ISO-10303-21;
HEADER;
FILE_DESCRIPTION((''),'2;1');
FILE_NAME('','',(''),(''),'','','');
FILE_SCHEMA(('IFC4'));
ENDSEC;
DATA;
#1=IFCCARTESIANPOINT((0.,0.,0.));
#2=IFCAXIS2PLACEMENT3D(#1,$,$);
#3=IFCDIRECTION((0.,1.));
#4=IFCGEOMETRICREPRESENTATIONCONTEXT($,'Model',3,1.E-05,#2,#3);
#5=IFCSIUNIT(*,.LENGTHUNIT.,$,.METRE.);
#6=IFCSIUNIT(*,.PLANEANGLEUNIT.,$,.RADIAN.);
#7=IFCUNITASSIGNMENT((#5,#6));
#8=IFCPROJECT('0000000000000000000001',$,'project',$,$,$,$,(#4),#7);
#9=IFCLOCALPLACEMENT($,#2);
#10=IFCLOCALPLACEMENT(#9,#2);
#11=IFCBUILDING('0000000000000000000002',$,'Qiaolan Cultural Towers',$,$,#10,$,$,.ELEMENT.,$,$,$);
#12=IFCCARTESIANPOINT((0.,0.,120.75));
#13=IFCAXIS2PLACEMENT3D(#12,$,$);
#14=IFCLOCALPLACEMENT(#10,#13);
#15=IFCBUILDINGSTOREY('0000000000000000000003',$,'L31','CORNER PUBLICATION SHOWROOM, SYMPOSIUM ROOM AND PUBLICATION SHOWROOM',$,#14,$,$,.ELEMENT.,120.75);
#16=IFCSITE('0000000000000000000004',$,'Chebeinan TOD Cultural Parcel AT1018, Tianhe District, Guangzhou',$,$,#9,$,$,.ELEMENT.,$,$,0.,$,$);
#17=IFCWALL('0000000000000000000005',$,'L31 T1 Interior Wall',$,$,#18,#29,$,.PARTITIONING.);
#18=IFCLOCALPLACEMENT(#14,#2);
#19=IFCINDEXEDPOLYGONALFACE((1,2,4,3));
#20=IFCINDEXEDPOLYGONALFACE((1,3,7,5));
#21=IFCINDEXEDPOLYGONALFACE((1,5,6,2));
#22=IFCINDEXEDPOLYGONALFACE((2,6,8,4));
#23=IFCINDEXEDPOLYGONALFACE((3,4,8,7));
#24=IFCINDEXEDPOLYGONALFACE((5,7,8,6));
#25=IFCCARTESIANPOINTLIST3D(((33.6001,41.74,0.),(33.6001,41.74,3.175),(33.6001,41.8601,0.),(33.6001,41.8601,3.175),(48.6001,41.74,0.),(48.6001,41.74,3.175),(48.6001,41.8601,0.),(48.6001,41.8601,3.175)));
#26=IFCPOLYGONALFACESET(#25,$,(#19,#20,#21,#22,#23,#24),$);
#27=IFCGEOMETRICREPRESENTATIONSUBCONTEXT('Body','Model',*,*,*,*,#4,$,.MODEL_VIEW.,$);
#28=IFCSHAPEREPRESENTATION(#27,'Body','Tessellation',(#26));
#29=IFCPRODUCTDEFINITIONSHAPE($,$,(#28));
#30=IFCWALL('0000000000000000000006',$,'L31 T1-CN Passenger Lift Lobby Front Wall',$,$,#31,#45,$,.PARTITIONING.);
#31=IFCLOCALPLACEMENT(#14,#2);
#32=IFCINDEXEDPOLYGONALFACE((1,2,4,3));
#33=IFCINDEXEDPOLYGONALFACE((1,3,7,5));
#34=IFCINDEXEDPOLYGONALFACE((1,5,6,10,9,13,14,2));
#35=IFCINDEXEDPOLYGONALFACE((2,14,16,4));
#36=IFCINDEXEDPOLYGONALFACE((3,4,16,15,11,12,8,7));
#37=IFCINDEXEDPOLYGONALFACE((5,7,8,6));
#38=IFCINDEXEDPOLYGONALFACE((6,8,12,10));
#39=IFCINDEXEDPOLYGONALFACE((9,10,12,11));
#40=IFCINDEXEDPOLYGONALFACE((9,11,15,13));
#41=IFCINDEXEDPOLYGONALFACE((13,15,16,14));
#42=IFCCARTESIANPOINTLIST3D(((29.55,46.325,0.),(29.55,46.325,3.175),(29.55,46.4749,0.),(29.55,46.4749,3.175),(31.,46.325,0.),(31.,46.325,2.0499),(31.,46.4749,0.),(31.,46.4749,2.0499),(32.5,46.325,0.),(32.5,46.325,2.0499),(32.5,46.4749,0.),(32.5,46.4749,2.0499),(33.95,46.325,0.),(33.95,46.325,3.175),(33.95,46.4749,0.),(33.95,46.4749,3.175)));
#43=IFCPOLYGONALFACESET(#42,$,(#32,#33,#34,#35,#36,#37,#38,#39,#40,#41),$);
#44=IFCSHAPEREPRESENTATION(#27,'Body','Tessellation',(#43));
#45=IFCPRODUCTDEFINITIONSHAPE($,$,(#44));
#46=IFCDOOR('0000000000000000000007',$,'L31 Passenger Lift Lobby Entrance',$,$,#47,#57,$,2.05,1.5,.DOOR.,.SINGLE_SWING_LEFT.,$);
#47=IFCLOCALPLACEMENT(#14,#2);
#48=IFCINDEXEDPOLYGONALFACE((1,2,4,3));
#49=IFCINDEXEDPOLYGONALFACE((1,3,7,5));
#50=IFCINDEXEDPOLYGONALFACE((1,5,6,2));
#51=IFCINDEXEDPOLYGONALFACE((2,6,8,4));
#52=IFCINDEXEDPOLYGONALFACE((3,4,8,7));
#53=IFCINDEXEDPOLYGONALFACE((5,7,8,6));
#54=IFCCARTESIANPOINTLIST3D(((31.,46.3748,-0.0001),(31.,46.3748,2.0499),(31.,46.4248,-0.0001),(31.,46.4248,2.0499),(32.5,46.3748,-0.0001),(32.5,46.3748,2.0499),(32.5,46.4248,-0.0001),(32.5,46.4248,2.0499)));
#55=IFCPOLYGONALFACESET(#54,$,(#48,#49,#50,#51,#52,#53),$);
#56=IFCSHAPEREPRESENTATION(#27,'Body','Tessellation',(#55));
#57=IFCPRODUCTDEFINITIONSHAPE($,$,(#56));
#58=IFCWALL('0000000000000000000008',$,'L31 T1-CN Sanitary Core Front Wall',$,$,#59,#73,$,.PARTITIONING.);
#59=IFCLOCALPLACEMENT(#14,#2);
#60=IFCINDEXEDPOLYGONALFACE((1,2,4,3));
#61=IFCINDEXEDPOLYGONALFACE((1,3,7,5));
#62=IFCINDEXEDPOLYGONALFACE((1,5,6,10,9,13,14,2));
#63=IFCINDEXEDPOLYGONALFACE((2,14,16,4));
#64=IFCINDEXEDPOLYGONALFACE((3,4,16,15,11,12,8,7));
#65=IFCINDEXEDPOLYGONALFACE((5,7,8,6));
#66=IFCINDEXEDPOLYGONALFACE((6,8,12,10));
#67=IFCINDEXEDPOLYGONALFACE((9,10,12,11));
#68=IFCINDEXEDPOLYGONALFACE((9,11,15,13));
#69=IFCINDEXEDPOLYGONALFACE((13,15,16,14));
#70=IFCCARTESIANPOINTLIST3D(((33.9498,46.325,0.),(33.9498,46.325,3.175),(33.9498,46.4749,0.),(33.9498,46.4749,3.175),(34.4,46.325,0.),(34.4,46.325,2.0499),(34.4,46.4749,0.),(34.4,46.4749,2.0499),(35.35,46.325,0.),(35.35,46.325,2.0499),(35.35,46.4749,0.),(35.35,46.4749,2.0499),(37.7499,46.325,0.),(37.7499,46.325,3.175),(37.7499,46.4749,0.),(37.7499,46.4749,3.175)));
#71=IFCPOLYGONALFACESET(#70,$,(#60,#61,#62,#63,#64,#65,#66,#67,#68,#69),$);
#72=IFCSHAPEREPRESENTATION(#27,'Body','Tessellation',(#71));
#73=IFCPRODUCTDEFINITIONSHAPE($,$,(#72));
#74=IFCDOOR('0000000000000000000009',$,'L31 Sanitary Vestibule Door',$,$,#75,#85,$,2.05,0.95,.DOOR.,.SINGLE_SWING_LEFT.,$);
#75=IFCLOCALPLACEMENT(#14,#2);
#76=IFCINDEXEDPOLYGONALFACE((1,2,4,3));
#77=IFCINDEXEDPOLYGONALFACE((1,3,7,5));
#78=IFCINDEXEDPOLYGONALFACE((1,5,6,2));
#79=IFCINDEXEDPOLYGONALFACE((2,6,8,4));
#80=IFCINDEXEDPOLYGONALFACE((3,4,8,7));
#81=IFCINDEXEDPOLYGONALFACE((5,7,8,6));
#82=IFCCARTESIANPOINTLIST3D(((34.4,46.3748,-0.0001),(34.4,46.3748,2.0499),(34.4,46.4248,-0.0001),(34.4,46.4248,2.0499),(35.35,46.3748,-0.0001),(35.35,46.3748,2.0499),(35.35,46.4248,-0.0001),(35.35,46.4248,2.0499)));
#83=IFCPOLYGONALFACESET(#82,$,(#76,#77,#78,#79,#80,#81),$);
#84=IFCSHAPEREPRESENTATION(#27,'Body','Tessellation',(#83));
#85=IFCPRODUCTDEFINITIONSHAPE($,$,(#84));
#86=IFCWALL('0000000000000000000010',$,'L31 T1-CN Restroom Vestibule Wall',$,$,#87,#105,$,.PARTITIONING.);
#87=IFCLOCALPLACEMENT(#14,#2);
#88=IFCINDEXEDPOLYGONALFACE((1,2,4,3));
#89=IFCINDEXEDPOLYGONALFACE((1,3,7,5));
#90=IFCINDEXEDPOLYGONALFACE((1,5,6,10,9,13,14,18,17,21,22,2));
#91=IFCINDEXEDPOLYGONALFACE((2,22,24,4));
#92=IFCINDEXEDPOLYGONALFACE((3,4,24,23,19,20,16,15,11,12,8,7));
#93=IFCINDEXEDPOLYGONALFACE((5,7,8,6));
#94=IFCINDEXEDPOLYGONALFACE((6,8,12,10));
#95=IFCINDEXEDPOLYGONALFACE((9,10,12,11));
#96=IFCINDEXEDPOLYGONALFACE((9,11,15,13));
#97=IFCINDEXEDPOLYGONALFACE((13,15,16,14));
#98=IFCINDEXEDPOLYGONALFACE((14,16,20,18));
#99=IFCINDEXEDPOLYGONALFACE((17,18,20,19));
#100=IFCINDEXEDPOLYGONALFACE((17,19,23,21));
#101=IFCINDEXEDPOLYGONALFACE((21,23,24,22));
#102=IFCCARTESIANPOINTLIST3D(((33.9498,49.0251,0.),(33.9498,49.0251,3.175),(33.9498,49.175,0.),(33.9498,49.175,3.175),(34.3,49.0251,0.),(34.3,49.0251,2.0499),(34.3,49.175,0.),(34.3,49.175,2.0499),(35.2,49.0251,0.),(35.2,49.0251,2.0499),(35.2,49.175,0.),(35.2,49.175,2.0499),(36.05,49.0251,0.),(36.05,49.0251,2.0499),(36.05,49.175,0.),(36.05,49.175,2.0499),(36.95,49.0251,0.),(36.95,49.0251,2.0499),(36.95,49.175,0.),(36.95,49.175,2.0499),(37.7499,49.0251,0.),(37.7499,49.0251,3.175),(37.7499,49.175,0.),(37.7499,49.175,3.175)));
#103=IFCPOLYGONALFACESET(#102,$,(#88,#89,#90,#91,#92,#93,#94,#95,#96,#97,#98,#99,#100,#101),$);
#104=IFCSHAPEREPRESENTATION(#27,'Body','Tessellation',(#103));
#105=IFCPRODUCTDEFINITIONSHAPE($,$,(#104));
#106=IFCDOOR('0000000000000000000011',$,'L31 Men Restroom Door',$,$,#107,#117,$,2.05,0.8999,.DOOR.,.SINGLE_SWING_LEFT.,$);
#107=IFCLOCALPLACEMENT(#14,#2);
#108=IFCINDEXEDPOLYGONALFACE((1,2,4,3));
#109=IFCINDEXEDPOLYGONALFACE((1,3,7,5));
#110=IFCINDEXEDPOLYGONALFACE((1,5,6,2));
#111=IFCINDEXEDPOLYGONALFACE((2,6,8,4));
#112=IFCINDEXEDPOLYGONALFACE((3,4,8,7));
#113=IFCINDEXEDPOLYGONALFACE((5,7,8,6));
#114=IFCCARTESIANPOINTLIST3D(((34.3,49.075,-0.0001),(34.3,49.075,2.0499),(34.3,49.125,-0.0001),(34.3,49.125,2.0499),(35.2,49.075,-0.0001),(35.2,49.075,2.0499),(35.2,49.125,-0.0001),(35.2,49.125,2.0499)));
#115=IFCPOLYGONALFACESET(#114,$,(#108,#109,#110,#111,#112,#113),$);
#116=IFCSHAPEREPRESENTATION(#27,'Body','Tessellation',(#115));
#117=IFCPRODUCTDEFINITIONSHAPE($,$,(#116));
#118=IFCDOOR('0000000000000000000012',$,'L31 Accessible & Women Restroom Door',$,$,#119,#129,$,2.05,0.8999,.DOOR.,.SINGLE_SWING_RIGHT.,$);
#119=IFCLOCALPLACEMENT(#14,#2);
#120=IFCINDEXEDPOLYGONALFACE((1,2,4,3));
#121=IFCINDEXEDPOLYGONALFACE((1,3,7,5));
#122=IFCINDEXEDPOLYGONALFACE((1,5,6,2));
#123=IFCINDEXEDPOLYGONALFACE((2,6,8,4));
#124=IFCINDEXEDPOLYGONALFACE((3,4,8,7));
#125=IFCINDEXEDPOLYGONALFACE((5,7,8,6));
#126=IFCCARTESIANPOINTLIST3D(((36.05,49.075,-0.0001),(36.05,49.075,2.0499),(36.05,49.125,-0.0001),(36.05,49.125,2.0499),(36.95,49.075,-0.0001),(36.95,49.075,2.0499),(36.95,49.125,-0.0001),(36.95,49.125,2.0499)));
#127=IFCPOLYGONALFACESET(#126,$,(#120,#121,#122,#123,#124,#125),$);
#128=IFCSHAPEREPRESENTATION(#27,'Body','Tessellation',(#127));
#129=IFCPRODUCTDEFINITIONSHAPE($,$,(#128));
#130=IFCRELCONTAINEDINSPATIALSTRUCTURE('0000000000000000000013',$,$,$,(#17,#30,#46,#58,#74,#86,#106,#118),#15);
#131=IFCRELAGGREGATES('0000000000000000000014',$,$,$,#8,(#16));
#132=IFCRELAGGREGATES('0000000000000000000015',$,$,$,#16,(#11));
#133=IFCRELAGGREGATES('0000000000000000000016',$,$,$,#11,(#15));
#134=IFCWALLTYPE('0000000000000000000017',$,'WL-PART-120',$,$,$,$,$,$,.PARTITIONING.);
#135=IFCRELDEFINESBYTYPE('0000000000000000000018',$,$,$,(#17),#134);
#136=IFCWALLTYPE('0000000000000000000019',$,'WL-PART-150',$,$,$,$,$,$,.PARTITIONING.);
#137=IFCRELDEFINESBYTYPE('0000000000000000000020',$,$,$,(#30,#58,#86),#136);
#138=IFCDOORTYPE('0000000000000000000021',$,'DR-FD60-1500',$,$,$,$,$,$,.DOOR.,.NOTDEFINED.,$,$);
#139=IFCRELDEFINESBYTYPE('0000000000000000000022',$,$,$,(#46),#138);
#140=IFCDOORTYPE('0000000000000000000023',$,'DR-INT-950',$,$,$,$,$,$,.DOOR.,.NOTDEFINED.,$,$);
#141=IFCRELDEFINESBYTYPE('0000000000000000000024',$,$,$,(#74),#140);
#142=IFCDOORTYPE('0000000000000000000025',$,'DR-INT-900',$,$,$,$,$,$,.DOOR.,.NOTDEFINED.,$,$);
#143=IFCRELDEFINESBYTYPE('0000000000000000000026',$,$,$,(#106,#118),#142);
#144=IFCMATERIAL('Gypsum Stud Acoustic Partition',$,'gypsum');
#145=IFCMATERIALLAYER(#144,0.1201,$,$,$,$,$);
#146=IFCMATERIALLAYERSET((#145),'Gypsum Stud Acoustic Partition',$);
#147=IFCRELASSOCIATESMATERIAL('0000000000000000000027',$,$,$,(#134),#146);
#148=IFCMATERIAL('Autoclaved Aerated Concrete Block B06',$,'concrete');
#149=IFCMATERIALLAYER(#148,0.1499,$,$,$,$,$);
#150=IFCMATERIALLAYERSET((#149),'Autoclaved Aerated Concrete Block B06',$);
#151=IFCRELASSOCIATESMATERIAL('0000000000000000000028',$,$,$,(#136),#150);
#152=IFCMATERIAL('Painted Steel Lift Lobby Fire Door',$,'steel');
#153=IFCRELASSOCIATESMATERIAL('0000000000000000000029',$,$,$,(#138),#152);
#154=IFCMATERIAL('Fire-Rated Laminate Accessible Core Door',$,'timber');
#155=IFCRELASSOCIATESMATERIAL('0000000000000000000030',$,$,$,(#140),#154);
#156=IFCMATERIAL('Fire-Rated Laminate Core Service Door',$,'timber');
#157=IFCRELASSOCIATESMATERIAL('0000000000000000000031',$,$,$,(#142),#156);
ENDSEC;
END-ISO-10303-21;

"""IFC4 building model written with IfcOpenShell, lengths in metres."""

from ifc_helpers import new_model, si_unit, direction, frame, frame_2d, origin, place, context, subcontext, project, spatial, rectangle, extrude, material, layer, layer_set, type_object, element, fill, save


model = new_model("IFC4")

# Units and contexts
model_context = context("Model", 3, precision=1e-05, world=origin(), true_north=direction((0.0, 1.0)))
body_context = subcontext(model_context, "Body", "Model", "MODEL_VIEW")
ifc_project = project(units=[si_unit("LENGTHUNIT", "METRE"), si_unit("PLANEANGLEUNIT", "RADIAN")], contexts=[model_context])

# Site, building, storey
site_placement = place(None, origin())
site = spatial("IfcSite", under=ifc_project, at=site_placement, Name="Chebeinan TOD Cultural Parcel AT1018, Tianhe District, Guangzhou", CompositionType="ELEMENT", RefElevation=0.0)
building_placement = place(site_placement, origin())
building = spatial("IfcBuilding", under=site, at=building_placement, Name="Qiaolan Cultural Towers", CompositionType="ELEMENT")
storey_placement = place(building_placement, frame((0.0, 0.0, 120.75)))
storey = spatial("IfcBuildingStorey", under=building, at=storey_placement, Name="L31", Description="CORNER PUBLICATION SHOWROOM, SYMPOSIUM ROOM AND PUBLICATION SHOWROOM", CompositionType="ELEMENT", Elevation=120.75)

# Wall
ifc_material_1 = material(Name="Gypsum Stud Acoustic Partition", Category="gypsum")
ifc_layer_1 = layer(ifc_material_1, 0.1201)
ifc_layer_set_1 = layer_set([ifc_layer_1], Name="Gypsum Stud Acoustic Partition")
wall_type_1 = type_object("IfcWallType", Name="WL-PART-120", PredefinedType="PARTITIONING", material=ifc_layer_set_1)
for number, where, z_axis, x_axis, name in (
    (1, (33.6001, 41.8, 0.0), (0.0, 0.0, 1.0), (1.0, 0.0, 0.0), "L31 T1 Interior Wall"),
):
    element("IfcWall", number, at=place(storey_placement, frame(where, z_axis=z_axis, x_axis=x_axis)), inside=storey, type_object=wall_type_1, Name=name, PredefinedType="PARTITIONING", context=body_context, shape_type="SweptSolid", body=[
        extrude(rectangle(XDim=15.0, YDim=0.1201, at=frame_2d((7.5, 0.0))), origin(), (0.0, 0.0, 1.0), 3.175),
    ])

# Walls, openings, doors
ifc_material_2 = material(Name="Autoclaved Aerated Concrete Block B06", Category="concrete")
ifc_layer_2 = layer(ifc_material_2, 0.1499)
ifc_layer_set_2 = layer_set([ifc_layer_2], Name="Autoclaved Aerated Concrete Block B06")
wall_type_2 = type_object("IfcWallType", Name="WL-PART-150", PredefinedType="PARTITIONING", material=ifc_layer_set_2)
wall_1_placement = place(storey_placement, frame((29.55, 46.3999, 0.0), z_axis=(0.0, 0.0, 1.0), x_axis=(1.0, 0.0, 0.0)))
wall_1 = element("IfcWall", 2, at=wall_1_placement, inside=storey, type_object=wall_type_2, Name="L31 T1-CN Passenger Lift Lobby Front Wall", PredefinedType="PARTITIONING", context=body_context, shape_type="SweptSolid", body=[
    extrude(rectangle(XDim=4.3999, YDim=0.1499, at=frame_2d((2.2, 0.0))), origin(), (0.0, 0.0, 1.0), 3.175),
])
opening_1_placement = place(wall_1_placement, frame((1.45, 0.0, 0.0)))
opening_1 = element("IfcOpeningElement", 3, at=opening_1_placement, cuts=wall_1, PredefinedType="OPENING", context=body_context, shape_type="SweptSolid", body=[
    extrude(rectangle(XDim=1.5, YDim=2.05, at=frame_2d((0.75, 1.0249))), frame((0.0, 0.085, 0.0), z_axis=(0.0, -1.0, 0.0), x_axis=(1.0, 0.0, 0.0)), (0.0, 0.0, 1.0), 0.1699),
])
ifc_material_3 = material(Name="Painted Steel Lift Lobby Fire Door", Category="steel")
door_type_1 = type_object("IfcDoorType", Name="DR-FD60-1500", OperationType="NOTDEFINED", PredefinedType="DOOR", material=ifc_material_3)
door_1_placement = place(opening_1_placement, origin())
door_1 = element("IfcDoor", 4, at=door_1_placement, inside=storey, type_object=door_type_1, Name="L31 Passenger Lift Lobby Entrance", OperationType="SINGLE_SWING_LEFT", OverallHeight=2.05, OverallWidth=1.5, PredefinedType="DOOR", context=body_context, shape_type="SweptSolid", body=[
    extrude(rectangle(XDim=1.5, YDim=2.05, at=frame_2d((0.75, 1.0249))), frame((0.0, 0.0249, 0.0), z_axis=(0.0, -1.0, 0.0), x_axis=(1.0, 0.0, 0.0)), (0.0, 0.0, 1.0), 0.05),
])
fill(opening_1, door_1)
wall_2_placement = place(storey_placement, frame((33.95, 46.3999, 0.0), z_axis=(0.0, 0.0, 1.0), x_axis=(1.0, 0.0, 0.0)))
wall_2 = element("IfcWall", 5, at=wall_2_placement, inside=storey, type_object=wall_type_2, Name="L31 T1-CN Sanitary Core Front Wall", PredefinedType="PARTITIONING", context=body_context, shape_type="SweptSolid", body=[
    extrude(rectangle(XDim=3.8, YDim=0.1499, at=frame_2d((1.8999, 0.0))), origin(), (0.0, 0.0, 1.0), 3.175),
])
opening_2_placement = place(wall_2_placement, frame((0.45, 0.0, 0.0)))
opening_2 = element("IfcOpeningElement", 6, at=opening_2_placement, cuts=wall_2, PredefinedType="OPENING", context=body_context, shape_type="SweptSolid", body=[
    extrude(rectangle(XDim=0.95, YDim=2.05, at=frame_2d((0.4751, 1.0249))), frame((0.0, 0.085, 0.0), z_axis=(0.0, -1.0, 0.0), x_axis=(1.0, 0.0, 0.0)), (0.0, 0.0, 1.0), 0.1699),
])
ifc_material_4 = material(Name="Fire-Rated Laminate Accessible Core Door", Category="timber")
door_type_2 = type_object("IfcDoorType", Name="DR-INT-950", OperationType="NOTDEFINED", PredefinedType="DOOR", material=ifc_material_4)
door_2_placement = place(opening_2_placement, origin())
door_2 = element("IfcDoor", 7, at=door_2_placement, inside=storey, type_object=door_type_2, Name="L31 Sanitary Vestibule Door", OperationType="SINGLE_SWING_LEFT", OverallHeight=2.05, OverallWidth=0.95, PredefinedType="DOOR", context=body_context, shape_type="SweptSolid", body=[
    extrude(rectangle(XDim=0.95, YDim=2.05, at=frame_2d((0.4751, 1.0249))), frame((0.0, 0.0249, 0.0), z_axis=(0.0, -1.0, 0.0), x_axis=(1.0, 0.0, 0.0)), (0.0, 0.0, 1.0), 0.05),
])
fill(opening_2, door_2)

# Wall, openings, doors
wall_3_placement = place(storey_placement, frame((33.95, 49.1001, 0.0), z_axis=(0.0, 0.0, 1.0), x_axis=(1.0, 0.0, 0.0)))
wall_3 = element("IfcWall", 8, at=wall_3_placement, inside=storey, type_object=wall_type_2, Name="L31 T1-CN Restroom Vestibule Wall", PredefinedType="PARTITIONING", context=body_context, shape_type="SweptSolid", body=[
    extrude(rectangle(XDim=3.8, YDim=0.1499, at=frame_2d((1.8999, 0.0))), origin(), (0.0, 0.0, 1.0), 3.175),
])
opening_3_placement = place(wall_3_placement, frame((0.3501, 0.0, 0.0)))
opening_3 = element("IfcOpeningElement", 9, at=opening_3_placement, cuts=wall_3, PredefinedType="OPENING", context=body_context, shape_type="SweptSolid", body=[
    extrude(rectangle(XDim=0.8999, YDim=2.05, at=frame_2d((0.45, 1.0249))), frame((0.0, 0.085, 0.0), z_axis=(0.0, -1.0, 0.0), x_axis=(1.0, 0.0, 0.0)), (0.0, 0.0, 1.0), 0.1699),
])
opening_4_placement = place(wall_3_placement, frame((2.1001, 0.0, 0.0)))
opening_4 = element("IfcOpeningElement", 10, at=opening_4_placement, cuts=wall_3, PredefinedType="OPENING", context=body_context, shape_type="SweptSolid", body=[
    extrude(rectangle(XDim=0.8999, YDim=2.05, at=frame_2d((0.45, 1.0249))), frame((0.0, 0.085, 0.0), z_axis=(0.0, -1.0, 0.0), x_axis=(1.0, 0.0, 0.0)), (0.0, 0.0, 1.0), 0.1699),
])
ifc_material_5 = material(Name="Fire-Rated Laminate Core Service Door", Category="timber")
door_type_3 = type_object("IfcDoorType", Name="DR-INT-900", OperationType="NOTDEFINED", PredefinedType="DOOR", material=ifc_material_5)
door_3_placement = place(opening_3_placement, origin())
door_3 = element("IfcDoor", 11, at=door_3_placement, inside=storey, type_object=door_type_3, Name="L31 Men Restroom Door", OperationType="SINGLE_SWING_LEFT", OverallHeight=2.05, OverallWidth=0.8999, PredefinedType="DOOR", context=body_context, shape_type="SweptSolid", body=[
    extrude(rectangle(XDim=0.8999, YDim=2.05, at=frame_2d((0.45, 1.0249))), frame((0.0, 0.0249, 0.0), z_axis=(0.0, -1.0, 0.0), x_axis=(1.0, 0.0, 0.0)), (0.0, 0.0, 1.0), 0.05),
])
fill(opening_3, door_3)
door_4_placement = place(opening_4_placement, origin())
door_4 = element("IfcDoor", 12, at=door_4_placement, inside=storey, type_object=door_type_3, Name="L31 Accessible & Women Restroom Door", OperationType="SINGLE_SWING_RIGHT", OverallHeight=2.05, OverallWidth=0.8999, PredefinedType="DOOR", context=body_context, shape_type="SweptSolid", body=[
    extrude(rectangle(XDim=0.8999, YDim=2.05, at=frame_2d((0.45, 1.0249))), frame((0.0, 0.0249, 0.0), z_axis=(0.0, -1.0, 0.0), x_axis=(1.0, 0.0, 0.0)), (0.0, 0.0, 1.0), 0.05),
])
fill(opening_4, door_4)

save(model, "model.ifc")
